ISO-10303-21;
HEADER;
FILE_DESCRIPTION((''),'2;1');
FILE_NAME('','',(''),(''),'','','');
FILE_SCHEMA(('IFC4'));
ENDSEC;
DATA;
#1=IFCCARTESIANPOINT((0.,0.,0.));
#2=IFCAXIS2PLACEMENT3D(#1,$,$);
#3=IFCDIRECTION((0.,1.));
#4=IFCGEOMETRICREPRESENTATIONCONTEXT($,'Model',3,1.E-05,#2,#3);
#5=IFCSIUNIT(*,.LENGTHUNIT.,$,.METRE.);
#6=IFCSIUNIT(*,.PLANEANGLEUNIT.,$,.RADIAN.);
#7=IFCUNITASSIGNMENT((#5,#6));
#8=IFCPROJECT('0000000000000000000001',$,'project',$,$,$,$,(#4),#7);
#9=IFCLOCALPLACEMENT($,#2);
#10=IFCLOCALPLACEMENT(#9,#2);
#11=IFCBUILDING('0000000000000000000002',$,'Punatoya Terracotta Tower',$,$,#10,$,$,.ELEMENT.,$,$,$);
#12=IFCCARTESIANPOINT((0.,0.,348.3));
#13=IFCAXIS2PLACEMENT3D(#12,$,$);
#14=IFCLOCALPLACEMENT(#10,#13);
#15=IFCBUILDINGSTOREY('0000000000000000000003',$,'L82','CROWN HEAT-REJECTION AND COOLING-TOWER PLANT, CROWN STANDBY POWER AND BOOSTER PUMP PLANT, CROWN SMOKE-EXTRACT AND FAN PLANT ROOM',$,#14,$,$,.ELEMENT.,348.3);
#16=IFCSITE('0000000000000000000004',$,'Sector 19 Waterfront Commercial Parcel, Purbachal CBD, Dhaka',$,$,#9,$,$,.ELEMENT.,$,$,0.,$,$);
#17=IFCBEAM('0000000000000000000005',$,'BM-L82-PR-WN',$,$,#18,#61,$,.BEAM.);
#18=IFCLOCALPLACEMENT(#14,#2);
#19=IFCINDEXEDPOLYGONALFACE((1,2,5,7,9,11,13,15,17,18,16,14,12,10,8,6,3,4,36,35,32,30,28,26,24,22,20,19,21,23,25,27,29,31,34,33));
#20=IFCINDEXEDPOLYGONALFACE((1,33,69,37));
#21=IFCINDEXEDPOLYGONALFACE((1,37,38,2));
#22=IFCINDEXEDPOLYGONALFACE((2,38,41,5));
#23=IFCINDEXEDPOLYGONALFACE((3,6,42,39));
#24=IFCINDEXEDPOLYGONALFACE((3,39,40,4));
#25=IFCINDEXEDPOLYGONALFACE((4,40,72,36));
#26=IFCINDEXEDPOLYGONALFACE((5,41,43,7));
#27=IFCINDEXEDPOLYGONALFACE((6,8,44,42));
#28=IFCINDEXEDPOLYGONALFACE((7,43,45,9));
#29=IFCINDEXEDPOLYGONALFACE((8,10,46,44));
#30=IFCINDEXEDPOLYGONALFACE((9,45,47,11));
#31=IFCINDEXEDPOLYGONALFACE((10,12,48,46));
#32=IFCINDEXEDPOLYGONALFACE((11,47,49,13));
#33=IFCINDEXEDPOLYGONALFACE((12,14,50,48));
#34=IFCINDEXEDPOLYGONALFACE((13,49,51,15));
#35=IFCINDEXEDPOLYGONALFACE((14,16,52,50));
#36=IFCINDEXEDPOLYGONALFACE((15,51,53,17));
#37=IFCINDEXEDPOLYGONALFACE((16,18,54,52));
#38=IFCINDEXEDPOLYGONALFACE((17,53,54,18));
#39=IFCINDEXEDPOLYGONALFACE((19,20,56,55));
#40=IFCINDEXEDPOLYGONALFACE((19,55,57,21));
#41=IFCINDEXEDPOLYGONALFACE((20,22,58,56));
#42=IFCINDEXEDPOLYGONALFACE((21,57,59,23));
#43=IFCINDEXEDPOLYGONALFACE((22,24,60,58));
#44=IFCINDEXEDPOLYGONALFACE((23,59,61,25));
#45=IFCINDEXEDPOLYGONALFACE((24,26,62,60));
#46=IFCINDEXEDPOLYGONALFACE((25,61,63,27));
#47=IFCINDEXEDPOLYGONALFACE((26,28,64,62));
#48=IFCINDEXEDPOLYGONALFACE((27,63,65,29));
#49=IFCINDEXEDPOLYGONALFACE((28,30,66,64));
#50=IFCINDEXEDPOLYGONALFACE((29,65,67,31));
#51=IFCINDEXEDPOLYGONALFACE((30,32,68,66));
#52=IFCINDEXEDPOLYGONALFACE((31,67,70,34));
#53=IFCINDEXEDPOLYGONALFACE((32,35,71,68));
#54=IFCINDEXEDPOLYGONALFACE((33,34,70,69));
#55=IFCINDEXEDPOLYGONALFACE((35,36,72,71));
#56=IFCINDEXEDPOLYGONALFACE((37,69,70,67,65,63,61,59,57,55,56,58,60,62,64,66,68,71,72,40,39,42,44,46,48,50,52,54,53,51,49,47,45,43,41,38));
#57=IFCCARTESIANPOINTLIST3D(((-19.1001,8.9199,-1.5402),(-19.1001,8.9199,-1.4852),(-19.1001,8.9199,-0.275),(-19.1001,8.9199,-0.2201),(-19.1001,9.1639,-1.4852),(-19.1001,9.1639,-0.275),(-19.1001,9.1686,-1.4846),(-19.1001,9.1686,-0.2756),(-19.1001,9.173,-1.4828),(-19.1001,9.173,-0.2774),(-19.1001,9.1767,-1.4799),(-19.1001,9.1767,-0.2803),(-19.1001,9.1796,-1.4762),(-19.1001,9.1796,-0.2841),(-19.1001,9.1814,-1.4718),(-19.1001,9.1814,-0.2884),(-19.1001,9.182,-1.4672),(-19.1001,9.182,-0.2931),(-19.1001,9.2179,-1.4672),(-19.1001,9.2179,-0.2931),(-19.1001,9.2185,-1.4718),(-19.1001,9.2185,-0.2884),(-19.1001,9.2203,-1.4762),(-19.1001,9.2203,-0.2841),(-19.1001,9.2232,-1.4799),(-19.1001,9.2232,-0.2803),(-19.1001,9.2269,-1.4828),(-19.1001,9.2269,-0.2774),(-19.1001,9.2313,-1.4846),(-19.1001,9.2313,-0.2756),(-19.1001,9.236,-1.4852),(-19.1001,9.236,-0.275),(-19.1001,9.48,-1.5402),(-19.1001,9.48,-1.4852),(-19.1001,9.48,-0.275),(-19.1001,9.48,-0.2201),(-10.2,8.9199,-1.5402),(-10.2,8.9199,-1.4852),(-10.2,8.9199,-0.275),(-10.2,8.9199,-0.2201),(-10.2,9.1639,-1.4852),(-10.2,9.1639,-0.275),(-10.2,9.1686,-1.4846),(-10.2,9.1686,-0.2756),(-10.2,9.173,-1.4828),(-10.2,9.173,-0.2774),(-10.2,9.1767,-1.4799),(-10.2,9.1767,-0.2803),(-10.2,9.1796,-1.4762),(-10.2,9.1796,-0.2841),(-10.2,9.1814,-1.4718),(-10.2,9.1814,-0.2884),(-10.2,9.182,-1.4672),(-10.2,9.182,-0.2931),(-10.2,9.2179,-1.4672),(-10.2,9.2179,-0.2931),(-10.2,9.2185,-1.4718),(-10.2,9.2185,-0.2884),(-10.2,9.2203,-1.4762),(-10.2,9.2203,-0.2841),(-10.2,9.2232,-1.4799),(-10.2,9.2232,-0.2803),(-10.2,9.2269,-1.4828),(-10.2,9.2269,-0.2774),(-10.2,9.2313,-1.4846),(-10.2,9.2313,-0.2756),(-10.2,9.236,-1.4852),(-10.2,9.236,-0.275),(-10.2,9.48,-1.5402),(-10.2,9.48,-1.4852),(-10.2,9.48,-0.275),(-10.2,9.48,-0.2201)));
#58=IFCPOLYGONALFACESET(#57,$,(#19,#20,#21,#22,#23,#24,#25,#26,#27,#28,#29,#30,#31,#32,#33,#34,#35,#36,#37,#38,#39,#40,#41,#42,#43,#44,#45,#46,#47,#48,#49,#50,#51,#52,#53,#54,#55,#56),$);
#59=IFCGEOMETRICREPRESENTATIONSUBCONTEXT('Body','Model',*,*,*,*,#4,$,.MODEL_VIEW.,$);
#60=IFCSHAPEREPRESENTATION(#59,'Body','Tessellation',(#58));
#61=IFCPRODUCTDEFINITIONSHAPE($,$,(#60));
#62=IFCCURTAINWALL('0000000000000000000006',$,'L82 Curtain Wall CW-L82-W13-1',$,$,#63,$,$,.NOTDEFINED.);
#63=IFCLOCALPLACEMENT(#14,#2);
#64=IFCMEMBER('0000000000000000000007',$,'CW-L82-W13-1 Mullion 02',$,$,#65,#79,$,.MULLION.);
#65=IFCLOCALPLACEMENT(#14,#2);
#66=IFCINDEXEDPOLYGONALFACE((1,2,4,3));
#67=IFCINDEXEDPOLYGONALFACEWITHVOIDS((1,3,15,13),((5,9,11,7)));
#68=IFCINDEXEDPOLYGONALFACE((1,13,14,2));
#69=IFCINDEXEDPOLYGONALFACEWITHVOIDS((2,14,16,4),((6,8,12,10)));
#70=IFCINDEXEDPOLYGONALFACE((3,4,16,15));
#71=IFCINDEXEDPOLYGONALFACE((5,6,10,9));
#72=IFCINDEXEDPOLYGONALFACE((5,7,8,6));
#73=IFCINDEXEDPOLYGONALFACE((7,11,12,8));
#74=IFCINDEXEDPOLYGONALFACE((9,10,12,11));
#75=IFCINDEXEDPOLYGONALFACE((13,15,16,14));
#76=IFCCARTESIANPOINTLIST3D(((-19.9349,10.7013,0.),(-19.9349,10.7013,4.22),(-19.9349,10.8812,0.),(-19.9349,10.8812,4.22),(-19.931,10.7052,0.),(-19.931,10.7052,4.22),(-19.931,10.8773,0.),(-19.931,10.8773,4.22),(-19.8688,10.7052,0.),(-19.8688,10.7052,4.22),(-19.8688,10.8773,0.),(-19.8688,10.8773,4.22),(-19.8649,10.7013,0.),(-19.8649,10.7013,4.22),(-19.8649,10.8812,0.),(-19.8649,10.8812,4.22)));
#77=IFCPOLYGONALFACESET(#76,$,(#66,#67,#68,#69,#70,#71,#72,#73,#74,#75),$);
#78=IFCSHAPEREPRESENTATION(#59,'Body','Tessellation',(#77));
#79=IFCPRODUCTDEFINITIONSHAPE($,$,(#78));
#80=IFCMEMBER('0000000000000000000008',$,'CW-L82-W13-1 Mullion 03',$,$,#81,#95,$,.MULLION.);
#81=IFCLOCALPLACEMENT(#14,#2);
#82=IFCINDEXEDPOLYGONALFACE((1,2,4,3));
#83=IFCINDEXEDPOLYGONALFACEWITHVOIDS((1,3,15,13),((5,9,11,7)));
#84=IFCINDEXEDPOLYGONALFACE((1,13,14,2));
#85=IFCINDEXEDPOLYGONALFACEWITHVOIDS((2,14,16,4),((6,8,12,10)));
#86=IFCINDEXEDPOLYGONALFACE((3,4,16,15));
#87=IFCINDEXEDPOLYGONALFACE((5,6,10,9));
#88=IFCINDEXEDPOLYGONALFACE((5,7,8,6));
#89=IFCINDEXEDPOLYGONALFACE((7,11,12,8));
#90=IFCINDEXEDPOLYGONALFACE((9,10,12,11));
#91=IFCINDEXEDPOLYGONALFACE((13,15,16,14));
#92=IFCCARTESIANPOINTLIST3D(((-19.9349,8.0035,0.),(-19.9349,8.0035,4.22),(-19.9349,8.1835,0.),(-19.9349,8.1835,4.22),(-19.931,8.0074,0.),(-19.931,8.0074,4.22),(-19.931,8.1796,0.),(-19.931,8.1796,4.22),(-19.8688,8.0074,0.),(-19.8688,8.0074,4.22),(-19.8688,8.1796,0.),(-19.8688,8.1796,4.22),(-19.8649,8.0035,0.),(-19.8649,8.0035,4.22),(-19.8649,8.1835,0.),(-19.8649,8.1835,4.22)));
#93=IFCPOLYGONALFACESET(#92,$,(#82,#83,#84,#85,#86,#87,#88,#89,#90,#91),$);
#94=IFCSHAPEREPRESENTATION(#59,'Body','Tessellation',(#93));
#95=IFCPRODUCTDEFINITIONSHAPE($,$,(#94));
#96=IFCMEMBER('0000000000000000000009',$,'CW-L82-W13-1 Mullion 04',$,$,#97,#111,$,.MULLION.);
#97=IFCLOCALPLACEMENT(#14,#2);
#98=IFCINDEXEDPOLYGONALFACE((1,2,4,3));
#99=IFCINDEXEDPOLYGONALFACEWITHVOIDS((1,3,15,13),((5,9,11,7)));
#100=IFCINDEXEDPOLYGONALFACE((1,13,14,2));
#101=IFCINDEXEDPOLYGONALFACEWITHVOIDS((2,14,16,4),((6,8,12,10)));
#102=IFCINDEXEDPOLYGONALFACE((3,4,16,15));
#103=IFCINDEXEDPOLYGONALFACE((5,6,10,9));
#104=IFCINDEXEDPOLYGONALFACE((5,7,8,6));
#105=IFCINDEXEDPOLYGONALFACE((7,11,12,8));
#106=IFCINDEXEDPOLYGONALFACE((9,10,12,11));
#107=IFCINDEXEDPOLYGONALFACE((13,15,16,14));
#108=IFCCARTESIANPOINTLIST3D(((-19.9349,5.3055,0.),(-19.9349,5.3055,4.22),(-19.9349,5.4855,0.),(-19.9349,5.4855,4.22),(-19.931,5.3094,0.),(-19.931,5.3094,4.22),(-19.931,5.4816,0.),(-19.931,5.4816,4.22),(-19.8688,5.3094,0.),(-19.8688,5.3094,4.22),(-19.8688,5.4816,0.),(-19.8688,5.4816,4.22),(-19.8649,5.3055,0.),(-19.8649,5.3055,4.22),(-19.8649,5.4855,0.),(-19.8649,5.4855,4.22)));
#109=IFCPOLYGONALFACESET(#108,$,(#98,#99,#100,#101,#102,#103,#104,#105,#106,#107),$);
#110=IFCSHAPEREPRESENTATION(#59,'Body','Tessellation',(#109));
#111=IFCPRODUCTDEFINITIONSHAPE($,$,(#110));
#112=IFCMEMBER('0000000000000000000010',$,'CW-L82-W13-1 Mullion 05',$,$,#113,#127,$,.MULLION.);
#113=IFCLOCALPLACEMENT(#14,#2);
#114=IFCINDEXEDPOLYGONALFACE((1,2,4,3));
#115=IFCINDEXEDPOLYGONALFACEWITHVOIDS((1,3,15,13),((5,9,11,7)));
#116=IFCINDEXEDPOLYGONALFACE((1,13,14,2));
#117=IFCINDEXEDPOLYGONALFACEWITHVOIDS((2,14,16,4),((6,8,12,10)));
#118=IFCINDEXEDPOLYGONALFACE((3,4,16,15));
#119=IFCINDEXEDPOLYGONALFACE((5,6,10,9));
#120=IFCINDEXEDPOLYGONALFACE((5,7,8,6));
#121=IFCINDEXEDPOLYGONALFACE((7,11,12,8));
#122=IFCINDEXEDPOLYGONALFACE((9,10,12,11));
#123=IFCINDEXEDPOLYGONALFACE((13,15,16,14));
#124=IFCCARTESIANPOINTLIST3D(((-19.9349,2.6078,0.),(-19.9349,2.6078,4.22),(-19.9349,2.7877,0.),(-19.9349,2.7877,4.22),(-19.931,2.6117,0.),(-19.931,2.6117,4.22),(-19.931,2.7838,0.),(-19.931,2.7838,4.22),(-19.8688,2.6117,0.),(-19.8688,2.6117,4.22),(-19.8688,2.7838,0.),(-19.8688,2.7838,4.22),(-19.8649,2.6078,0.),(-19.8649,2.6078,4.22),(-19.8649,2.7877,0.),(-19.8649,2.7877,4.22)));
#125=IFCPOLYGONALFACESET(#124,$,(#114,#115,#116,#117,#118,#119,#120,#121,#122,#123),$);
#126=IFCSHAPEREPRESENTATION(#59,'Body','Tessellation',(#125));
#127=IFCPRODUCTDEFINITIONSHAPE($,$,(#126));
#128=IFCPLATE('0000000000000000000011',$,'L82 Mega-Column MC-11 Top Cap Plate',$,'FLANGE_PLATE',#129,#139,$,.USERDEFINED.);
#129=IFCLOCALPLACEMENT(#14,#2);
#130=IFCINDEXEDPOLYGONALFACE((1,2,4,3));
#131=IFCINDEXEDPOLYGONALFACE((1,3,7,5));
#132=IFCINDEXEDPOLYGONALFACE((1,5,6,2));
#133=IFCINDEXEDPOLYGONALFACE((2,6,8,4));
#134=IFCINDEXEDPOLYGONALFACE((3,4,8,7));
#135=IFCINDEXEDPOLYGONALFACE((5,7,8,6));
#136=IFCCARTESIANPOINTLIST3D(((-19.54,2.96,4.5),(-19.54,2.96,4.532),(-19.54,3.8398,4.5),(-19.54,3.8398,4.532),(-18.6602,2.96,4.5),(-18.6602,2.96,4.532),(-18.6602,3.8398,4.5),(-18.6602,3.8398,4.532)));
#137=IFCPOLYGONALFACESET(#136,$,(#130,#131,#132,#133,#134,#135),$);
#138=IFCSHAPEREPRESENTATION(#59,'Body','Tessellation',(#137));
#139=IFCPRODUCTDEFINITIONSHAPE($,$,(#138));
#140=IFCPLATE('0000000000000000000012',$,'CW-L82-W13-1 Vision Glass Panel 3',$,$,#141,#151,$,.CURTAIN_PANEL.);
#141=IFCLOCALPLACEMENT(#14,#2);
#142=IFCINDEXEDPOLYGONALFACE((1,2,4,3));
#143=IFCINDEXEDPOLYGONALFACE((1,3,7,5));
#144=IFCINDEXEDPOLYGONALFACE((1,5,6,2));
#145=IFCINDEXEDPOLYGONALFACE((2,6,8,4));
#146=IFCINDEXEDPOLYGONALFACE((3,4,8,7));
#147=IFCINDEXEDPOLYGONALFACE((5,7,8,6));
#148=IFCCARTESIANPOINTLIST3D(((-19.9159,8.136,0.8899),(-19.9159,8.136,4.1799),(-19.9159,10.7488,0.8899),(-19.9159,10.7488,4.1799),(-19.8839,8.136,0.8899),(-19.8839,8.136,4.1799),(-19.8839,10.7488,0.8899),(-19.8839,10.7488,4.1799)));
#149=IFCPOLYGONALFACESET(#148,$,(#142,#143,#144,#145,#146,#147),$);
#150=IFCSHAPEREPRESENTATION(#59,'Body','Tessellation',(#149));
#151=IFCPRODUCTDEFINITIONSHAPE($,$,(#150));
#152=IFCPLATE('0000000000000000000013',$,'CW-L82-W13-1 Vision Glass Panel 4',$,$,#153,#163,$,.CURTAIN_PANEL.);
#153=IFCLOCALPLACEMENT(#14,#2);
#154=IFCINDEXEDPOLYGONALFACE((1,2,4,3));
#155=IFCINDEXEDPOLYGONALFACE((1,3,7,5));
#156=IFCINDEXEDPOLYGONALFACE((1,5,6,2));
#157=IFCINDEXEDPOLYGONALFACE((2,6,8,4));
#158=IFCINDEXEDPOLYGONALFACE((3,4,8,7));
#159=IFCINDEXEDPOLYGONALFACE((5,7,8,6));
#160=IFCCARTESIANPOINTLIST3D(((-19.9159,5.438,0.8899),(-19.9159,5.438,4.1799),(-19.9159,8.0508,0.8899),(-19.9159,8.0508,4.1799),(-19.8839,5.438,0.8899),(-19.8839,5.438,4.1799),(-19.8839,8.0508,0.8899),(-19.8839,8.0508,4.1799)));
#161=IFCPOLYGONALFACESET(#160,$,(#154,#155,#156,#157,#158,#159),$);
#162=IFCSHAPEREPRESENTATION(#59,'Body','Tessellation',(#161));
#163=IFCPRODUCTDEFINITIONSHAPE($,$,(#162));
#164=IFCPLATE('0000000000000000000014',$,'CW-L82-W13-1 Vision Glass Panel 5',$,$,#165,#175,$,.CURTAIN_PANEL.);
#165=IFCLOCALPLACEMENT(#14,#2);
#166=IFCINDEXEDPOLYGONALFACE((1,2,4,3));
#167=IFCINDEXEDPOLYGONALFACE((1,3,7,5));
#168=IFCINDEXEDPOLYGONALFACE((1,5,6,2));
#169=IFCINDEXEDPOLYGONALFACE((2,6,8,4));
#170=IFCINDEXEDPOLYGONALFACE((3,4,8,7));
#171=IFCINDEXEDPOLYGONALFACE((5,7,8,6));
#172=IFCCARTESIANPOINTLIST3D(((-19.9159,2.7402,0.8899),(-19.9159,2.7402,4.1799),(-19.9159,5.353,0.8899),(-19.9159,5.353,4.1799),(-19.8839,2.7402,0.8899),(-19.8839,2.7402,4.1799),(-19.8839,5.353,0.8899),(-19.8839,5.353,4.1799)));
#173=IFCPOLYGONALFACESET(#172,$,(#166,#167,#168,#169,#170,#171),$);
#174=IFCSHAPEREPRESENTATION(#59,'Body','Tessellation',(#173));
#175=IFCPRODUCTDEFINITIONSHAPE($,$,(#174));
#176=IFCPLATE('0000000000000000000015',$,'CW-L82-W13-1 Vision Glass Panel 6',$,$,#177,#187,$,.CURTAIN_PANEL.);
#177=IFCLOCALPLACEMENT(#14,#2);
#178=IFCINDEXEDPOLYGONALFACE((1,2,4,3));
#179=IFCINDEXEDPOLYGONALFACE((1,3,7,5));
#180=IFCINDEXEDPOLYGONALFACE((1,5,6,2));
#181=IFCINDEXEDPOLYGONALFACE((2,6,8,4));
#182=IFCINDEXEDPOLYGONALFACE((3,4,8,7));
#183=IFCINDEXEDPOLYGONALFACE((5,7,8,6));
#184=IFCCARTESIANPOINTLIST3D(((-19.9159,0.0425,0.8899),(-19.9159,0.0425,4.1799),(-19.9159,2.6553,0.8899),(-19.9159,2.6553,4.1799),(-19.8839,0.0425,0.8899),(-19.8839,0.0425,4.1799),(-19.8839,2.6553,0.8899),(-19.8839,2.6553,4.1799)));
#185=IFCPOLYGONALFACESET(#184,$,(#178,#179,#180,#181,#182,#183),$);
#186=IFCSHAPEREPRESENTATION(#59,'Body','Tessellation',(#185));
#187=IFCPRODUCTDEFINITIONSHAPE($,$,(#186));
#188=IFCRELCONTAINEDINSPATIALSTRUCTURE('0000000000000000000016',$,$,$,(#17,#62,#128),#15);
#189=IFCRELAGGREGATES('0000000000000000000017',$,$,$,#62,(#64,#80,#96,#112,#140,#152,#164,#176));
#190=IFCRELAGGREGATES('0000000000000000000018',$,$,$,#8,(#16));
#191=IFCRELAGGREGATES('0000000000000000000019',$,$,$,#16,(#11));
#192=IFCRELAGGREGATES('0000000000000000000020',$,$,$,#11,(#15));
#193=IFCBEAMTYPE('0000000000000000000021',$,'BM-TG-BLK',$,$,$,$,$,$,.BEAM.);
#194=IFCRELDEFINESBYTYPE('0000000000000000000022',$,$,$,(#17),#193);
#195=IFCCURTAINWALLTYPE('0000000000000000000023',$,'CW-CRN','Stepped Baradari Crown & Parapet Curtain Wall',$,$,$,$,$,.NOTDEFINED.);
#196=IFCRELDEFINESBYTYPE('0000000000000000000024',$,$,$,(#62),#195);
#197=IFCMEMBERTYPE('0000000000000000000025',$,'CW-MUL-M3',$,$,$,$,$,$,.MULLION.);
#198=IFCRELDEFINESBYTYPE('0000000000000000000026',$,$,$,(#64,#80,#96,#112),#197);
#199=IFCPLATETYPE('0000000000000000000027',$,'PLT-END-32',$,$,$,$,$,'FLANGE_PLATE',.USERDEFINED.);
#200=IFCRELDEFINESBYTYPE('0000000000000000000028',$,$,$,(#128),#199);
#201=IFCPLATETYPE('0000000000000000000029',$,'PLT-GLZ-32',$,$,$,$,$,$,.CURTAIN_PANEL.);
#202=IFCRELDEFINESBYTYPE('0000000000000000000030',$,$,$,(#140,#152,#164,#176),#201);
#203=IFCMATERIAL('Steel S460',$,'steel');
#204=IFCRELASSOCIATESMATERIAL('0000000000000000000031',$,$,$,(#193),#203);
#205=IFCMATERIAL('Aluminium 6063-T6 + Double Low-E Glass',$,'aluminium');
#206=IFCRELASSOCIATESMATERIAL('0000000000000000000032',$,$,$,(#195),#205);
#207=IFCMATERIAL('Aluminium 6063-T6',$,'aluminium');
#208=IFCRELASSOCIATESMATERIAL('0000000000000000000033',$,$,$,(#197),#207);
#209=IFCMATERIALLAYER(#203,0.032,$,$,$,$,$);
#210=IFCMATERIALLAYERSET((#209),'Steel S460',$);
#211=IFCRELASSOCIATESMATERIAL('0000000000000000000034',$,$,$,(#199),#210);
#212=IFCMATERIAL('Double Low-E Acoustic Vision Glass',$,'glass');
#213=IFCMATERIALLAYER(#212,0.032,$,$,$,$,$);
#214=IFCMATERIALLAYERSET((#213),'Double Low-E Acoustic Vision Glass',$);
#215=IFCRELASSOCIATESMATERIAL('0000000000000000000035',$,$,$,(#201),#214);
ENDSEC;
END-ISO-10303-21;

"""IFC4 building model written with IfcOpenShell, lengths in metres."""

from ifc_helpers import new_model, si_unit, direction, frame, origin, origin_2d, place, context, subcontext, project, spatial, rectangle, hollow_rectangle, i_section, extrude, material, layer, layer_set, material_profile, profile_set, type_object, element, aggregate, save


model = new_model("IFC4")

# Units and contexts
model_context = context("Model", 3, precision=1e-05, world=origin(), true_north=direction((0.0, 1.0)))
body_context = subcontext(model_context, "Body", "Model", "MODEL_VIEW")
ifc_project = project(units=[si_unit("LENGTHUNIT", "METRE"), si_unit("PLANEANGLEUNIT", "RADIAN")], contexts=[model_context])

# Site, building, storey
site_placement = place(None, origin())
site = spatial("IfcSite", under=ifc_project, at=site_placement, Name="Sector 19 Waterfront Commercial Parcel, Purbachal CBD, Dhaka", CompositionType="ELEMENT", RefElevation=0.0)
building_placement = place(site_placement, origin())
building = spatial("IfcBuilding", under=site, at=building_placement, Name="Punatoya Terracotta Tower", CompositionType="ELEMENT")
storey_placement = place(building_placement, frame((0.0, 0.0, 348.3)))
storey = spatial("IfcBuildingStorey", under=building, at=storey_placement, Name="L82", Description="CROWN HEAT-REJECTION AND COOLING-TOWER PLANT, CROWN STANDBY POWER AND BOOSTER PUMP PLANT, CROWN SMOKE-EXTRACT AND FAN PLANT ROOM", CompositionType="ELEMENT", Elevation=348.3)

# Shared definitions
ifc_material_1 = material(Name="Steel S460", Category="steel")

# Beam
ifc_material_profile_1 = material_profile(ifc_material_1, i_section(OverallWidth=0.5601, OverallDepth=1.3201, WebThickness=0.0359, FlangeThickness=0.0549, FilletRadius=0.0181, at=origin_2d()))
ifc_profile_set_1 = profile_set([ifc_material_profile_1], Name="Steel S460")
beam_type_1 = type_object("IfcBeamType", Name="BM-TG-BLK", PredefinedType="BEAM", material=ifc_profile_set_1)
for number, where, z_axis, x_axis, name in (
    (1, (-19.1001, 9.2, -0.8801), (1.0, 0.0, 0.0), (0.0, 1.0, 0.0), "BM-L82-PR-WN"),
):
    element("IfcBeam", number, at=place(storey_placement, frame(where, z_axis=z_axis, x_axis=x_axis)), inside=storey, type_object=beam_type_1, Name=name, PredefinedType="BEAM", context=body_context, shape_type="SweptSolid", body=[
        extrude(i_section(OverallWidth=0.5601, OverallDepth=1.3201, WebThickness=0.0359, FlangeThickness=0.0549, FilletRadius=0.0181, at=origin_2d()), origin(), (0.0, 0.0, 1.0), 8.9001),
    ])

# Curtain wall, members
ifc_material_2 = material(Name="Aluminium 6063-T6 + Double Low-E Glass", Category="aluminium")
curtain_wall_type = type_object("IfcCurtainWallType", Name="CW-CRN", Description="Stepped Baradari Crown & Parapet Curtain Wall", PredefinedType="NOTDEFINED", material=ifc_material_2)
curtain_wall_placement = place(storey_placement, origin())
curtain_wall = element("IfcCurtainWall", 2, at=curtain_wall_placement, inside=storey, type_object=curtain_wall_type, Name="L82 Curtain Wall CW-L82-W13-1", PredefinedType="NOTDEFINED")
ifc_material_3 = material(Name="Aluminium 6063-T6", Category="aluminium")
ifc_material_profile_2 = material_profile(ifc_material_3, hollow_rectangle(XDim=0.0701, YDim=0.1799, WallThickness=0.0039, at=origin_2d()))
ifc_profile_set_2 = profile_set([ifc_material_profile_2], Name="Aluminium 6063-T6")
member_type = type_object("IfcMemberType", Name="CW-MUL-M3", PredefinedType="MULLION", material=ifc_profile_set_2)
member_1_placement = place(storey_placement, frame((-19.8999, 10.7913, 0.0), z_axis=(0.0, 0.0, 1.0), x_axis=(1.0, 0.0, 0.0)))
member_1 = element("IfcMember", 3, at=member_1_placement, type_object=member_type, Name="CW-L82-W13-1 Mullion 02", PredefinedType="MULLION", context=body_context, shape_type="SweptSolid", body=[
    extrude(hollow_rectangle(XDim=0.0701, YDim=0.1799, WallThickness=0.0039, at=origin_2d()), origin(), (0.0, 0.0, 1.0), 4.22),
])
member_2_placement = place(storey_placement, frame((-19.8999, 8.0935, 0.0), z_axis=(0.0, 0.0, 1.0), x_axis=(1.0, 0.0, 0.0)))
member_2 = element("IfcMember", 4, at=member_2_placement, type_object=member_type, Name="CW-L82-W13-1 Mullion 03", PredefinedType="MULLION", context=body_context, shape_type="SweptSolid", body=[
    extrude(hollow_rectangle(XDim=0.0701, YDim=0.1799, WallThickness=0.0039, at=origin_2d()), origin(), (0.0, 0.0, 1.0), 4.22),
])
member_3_placement = place(storey_placement, frame((-19.8999, 5.3955, 0.0), z_axis=(0.0, 0.0, 1.0), x_axis=(1.0, 0.0, 0.0)))
member_3 = element("IfcMember", 5, at=member_3_placement, type_object=member_type, Name="CW-L82-W13-1 Mullion 04", PredefinedType="MULLION", context=body_context, shape_type="SweptSolid", body=[
    extrude(hollow_rectangle(XDim=0.0701, YDim=0.1799, WallThickness=0.0039, at=origin_2d()), origin(), (0.0, 0.0, 1.0), 4.22),
])
member_4_placement = place(storey_placement, frame((-19.8999, 2.6978, 0.0), z_axis=(0.0, 0.0, 1.0), x_axis=(1.0, 0.0, 0.0)))
member_4 = element("IfcMember", 6, at=member_4_placement, type_object=member_type, Name="CW-L82-W13-1 Mullion 05", PredefinedType="MULLION", context=body_context, shape_type="SweptSolid", body=[
    extrude(hollow_rectangle(XDim=0.0701, YDim=0.1799, WallThickness=0.0039, at=origin_2d()), origin(), (0.0, 0.0, 1.0), 4.22),
])

# Plates
ifc_layer_1 = layer(ifc_material_1, 0.032)
ifc_layer_set_1 = layer_set([ifc_layer_1], Name="Steel S460")
plate_type_1 = type_object("IfcPlateType", Name="PLT-END-32", ElementType="FLANGE_PLATE", PredefinedType="USERDEFINED", material=ifc_layer_set_1)
plate_1_placement = place(storey_placement, frame((-19.1001, 3.3999, 4.5), z_axis=(0.0, 0.0, 1.0), x_axis=(1.0, 0.0, 0.0)))
element("IfcPlate", 7, at=plate_1_placement, inside=storey, type_object=plate_type_1, Name="L82 Mega-Column MC-11 Top Cap Plate", ObjectType="FLANGE_PLATE", PredefinedType="USERDEFINED", context=body_context, shape_type="SweptSolid", body=[
    extrude(rectangle(XDim=0.8799, YDim=0.8799, at=origin_2d()), origin(), (0.0, 0.0, 1.0), 0.032),
])
ifc_material_4 = material(Name="Double Low-E Acoustic Vision Glass", Category="glass")
ifc_layer_2 = layer(ifc_material_4, 0.032)
ifc_layer_set_2 = layer_set([ifc_layer_2], Name="Double Low-E Acoustic Vision Glass")
plate_type_2 = type_object("IfcPlateType", Name="PLT-GLZ-32", PredefinedType="CURTAIN_PANEL", material=ifc_layer_set_2)
plate_2_placement = place(storey_placement, frame((-19.8999, 9.4424, 0.8899), z_axis=(0.0, 0.0, 1.0), x_axis=(0.0, -1.0, 0.0)))
plate_2 = element("IfcPlate", 8, at=plate_2_placement, type_object=plate_type_2, Name="CW-L82-W13-1 Vision Glass Panel 3", PredefinedType="CURTAIN_PANEL", context=body_context, shape_type="SweptSolid", body=[
    extrude(rectangle(XDim=2.6128, YDim=0.032, at=origin_2d()), origin(), (0.0, 0.0, 1.0), 3.29),
])
plate_3_placement = place(storey_placement, frame((-19.8999, 6.7444, 0.8899), z_axis=(0.0, 0.0, 1.0), x_axis=(0.0, -1.0, 0.0)))
plate_3 = element("IfcPlate", 9, at=plate_3_placement, type_object=plate_type_2, Name="CW-L82-W13-1 Vision Glass Panel 4", PredefinedType="CURTAIN_PANEL", context=body_context, shape_type="SweptSolid", body=[
    extrude(rectangle(XDim=2.6128, YDim=0.032, at=origin_2d()), origin(), (0.0, 0.0, 1.0), 3.29),
])
plate_4_placement = place(storey_placement, frame((-19.8999, 4.0466, 0.8899), z_axis=(0.0, 0.0, 1.0), x_axis=(0.0, -1.0, 0.0)))
plate_4 = element("IfcPlate", 10, at=plate_4_placement, type_object=plate_type_2, Name="CW-L82-W13-1 Vision Glass Panel 5", PredefinedType="CURTAIN_PANEL", context=body_context, shape_type="SweptSolid", body=[
    extrude(rectangle(XDim=2.6128, YDim=0.032, at=origin_2d()), origin(), (0.0, 0.0, 1.0), 3.29),
])
plate_5_placement = place(storey_placement, frame((-19.8999, 1.3489, 0.8899), z_axis=(0.0, 0.0, 1.0), x_axis=(0.0, -1.0, 0.0)))
plate_5 = element("IfcPlate", 11, at=plate_5_placement, type_object=plate_type_2, Name="CW-L82-W13-1 Vision Glass Panel 6", PredefinedType="CURTAIN_PANEL", context=body_context, shape_type="SweptSolid", body=[
    extrude(rectangle(XDim=2.6128, YDim=0.032, at=origin_2d()), origin(), (0.0, 0.0, 1.0), 3.29),
])
aggregate(curtain_wall, [member_1, member_2, member_3, member_4, plate_2, plate_3, plate_4, plate_5])

save(model, "model.ifc")
